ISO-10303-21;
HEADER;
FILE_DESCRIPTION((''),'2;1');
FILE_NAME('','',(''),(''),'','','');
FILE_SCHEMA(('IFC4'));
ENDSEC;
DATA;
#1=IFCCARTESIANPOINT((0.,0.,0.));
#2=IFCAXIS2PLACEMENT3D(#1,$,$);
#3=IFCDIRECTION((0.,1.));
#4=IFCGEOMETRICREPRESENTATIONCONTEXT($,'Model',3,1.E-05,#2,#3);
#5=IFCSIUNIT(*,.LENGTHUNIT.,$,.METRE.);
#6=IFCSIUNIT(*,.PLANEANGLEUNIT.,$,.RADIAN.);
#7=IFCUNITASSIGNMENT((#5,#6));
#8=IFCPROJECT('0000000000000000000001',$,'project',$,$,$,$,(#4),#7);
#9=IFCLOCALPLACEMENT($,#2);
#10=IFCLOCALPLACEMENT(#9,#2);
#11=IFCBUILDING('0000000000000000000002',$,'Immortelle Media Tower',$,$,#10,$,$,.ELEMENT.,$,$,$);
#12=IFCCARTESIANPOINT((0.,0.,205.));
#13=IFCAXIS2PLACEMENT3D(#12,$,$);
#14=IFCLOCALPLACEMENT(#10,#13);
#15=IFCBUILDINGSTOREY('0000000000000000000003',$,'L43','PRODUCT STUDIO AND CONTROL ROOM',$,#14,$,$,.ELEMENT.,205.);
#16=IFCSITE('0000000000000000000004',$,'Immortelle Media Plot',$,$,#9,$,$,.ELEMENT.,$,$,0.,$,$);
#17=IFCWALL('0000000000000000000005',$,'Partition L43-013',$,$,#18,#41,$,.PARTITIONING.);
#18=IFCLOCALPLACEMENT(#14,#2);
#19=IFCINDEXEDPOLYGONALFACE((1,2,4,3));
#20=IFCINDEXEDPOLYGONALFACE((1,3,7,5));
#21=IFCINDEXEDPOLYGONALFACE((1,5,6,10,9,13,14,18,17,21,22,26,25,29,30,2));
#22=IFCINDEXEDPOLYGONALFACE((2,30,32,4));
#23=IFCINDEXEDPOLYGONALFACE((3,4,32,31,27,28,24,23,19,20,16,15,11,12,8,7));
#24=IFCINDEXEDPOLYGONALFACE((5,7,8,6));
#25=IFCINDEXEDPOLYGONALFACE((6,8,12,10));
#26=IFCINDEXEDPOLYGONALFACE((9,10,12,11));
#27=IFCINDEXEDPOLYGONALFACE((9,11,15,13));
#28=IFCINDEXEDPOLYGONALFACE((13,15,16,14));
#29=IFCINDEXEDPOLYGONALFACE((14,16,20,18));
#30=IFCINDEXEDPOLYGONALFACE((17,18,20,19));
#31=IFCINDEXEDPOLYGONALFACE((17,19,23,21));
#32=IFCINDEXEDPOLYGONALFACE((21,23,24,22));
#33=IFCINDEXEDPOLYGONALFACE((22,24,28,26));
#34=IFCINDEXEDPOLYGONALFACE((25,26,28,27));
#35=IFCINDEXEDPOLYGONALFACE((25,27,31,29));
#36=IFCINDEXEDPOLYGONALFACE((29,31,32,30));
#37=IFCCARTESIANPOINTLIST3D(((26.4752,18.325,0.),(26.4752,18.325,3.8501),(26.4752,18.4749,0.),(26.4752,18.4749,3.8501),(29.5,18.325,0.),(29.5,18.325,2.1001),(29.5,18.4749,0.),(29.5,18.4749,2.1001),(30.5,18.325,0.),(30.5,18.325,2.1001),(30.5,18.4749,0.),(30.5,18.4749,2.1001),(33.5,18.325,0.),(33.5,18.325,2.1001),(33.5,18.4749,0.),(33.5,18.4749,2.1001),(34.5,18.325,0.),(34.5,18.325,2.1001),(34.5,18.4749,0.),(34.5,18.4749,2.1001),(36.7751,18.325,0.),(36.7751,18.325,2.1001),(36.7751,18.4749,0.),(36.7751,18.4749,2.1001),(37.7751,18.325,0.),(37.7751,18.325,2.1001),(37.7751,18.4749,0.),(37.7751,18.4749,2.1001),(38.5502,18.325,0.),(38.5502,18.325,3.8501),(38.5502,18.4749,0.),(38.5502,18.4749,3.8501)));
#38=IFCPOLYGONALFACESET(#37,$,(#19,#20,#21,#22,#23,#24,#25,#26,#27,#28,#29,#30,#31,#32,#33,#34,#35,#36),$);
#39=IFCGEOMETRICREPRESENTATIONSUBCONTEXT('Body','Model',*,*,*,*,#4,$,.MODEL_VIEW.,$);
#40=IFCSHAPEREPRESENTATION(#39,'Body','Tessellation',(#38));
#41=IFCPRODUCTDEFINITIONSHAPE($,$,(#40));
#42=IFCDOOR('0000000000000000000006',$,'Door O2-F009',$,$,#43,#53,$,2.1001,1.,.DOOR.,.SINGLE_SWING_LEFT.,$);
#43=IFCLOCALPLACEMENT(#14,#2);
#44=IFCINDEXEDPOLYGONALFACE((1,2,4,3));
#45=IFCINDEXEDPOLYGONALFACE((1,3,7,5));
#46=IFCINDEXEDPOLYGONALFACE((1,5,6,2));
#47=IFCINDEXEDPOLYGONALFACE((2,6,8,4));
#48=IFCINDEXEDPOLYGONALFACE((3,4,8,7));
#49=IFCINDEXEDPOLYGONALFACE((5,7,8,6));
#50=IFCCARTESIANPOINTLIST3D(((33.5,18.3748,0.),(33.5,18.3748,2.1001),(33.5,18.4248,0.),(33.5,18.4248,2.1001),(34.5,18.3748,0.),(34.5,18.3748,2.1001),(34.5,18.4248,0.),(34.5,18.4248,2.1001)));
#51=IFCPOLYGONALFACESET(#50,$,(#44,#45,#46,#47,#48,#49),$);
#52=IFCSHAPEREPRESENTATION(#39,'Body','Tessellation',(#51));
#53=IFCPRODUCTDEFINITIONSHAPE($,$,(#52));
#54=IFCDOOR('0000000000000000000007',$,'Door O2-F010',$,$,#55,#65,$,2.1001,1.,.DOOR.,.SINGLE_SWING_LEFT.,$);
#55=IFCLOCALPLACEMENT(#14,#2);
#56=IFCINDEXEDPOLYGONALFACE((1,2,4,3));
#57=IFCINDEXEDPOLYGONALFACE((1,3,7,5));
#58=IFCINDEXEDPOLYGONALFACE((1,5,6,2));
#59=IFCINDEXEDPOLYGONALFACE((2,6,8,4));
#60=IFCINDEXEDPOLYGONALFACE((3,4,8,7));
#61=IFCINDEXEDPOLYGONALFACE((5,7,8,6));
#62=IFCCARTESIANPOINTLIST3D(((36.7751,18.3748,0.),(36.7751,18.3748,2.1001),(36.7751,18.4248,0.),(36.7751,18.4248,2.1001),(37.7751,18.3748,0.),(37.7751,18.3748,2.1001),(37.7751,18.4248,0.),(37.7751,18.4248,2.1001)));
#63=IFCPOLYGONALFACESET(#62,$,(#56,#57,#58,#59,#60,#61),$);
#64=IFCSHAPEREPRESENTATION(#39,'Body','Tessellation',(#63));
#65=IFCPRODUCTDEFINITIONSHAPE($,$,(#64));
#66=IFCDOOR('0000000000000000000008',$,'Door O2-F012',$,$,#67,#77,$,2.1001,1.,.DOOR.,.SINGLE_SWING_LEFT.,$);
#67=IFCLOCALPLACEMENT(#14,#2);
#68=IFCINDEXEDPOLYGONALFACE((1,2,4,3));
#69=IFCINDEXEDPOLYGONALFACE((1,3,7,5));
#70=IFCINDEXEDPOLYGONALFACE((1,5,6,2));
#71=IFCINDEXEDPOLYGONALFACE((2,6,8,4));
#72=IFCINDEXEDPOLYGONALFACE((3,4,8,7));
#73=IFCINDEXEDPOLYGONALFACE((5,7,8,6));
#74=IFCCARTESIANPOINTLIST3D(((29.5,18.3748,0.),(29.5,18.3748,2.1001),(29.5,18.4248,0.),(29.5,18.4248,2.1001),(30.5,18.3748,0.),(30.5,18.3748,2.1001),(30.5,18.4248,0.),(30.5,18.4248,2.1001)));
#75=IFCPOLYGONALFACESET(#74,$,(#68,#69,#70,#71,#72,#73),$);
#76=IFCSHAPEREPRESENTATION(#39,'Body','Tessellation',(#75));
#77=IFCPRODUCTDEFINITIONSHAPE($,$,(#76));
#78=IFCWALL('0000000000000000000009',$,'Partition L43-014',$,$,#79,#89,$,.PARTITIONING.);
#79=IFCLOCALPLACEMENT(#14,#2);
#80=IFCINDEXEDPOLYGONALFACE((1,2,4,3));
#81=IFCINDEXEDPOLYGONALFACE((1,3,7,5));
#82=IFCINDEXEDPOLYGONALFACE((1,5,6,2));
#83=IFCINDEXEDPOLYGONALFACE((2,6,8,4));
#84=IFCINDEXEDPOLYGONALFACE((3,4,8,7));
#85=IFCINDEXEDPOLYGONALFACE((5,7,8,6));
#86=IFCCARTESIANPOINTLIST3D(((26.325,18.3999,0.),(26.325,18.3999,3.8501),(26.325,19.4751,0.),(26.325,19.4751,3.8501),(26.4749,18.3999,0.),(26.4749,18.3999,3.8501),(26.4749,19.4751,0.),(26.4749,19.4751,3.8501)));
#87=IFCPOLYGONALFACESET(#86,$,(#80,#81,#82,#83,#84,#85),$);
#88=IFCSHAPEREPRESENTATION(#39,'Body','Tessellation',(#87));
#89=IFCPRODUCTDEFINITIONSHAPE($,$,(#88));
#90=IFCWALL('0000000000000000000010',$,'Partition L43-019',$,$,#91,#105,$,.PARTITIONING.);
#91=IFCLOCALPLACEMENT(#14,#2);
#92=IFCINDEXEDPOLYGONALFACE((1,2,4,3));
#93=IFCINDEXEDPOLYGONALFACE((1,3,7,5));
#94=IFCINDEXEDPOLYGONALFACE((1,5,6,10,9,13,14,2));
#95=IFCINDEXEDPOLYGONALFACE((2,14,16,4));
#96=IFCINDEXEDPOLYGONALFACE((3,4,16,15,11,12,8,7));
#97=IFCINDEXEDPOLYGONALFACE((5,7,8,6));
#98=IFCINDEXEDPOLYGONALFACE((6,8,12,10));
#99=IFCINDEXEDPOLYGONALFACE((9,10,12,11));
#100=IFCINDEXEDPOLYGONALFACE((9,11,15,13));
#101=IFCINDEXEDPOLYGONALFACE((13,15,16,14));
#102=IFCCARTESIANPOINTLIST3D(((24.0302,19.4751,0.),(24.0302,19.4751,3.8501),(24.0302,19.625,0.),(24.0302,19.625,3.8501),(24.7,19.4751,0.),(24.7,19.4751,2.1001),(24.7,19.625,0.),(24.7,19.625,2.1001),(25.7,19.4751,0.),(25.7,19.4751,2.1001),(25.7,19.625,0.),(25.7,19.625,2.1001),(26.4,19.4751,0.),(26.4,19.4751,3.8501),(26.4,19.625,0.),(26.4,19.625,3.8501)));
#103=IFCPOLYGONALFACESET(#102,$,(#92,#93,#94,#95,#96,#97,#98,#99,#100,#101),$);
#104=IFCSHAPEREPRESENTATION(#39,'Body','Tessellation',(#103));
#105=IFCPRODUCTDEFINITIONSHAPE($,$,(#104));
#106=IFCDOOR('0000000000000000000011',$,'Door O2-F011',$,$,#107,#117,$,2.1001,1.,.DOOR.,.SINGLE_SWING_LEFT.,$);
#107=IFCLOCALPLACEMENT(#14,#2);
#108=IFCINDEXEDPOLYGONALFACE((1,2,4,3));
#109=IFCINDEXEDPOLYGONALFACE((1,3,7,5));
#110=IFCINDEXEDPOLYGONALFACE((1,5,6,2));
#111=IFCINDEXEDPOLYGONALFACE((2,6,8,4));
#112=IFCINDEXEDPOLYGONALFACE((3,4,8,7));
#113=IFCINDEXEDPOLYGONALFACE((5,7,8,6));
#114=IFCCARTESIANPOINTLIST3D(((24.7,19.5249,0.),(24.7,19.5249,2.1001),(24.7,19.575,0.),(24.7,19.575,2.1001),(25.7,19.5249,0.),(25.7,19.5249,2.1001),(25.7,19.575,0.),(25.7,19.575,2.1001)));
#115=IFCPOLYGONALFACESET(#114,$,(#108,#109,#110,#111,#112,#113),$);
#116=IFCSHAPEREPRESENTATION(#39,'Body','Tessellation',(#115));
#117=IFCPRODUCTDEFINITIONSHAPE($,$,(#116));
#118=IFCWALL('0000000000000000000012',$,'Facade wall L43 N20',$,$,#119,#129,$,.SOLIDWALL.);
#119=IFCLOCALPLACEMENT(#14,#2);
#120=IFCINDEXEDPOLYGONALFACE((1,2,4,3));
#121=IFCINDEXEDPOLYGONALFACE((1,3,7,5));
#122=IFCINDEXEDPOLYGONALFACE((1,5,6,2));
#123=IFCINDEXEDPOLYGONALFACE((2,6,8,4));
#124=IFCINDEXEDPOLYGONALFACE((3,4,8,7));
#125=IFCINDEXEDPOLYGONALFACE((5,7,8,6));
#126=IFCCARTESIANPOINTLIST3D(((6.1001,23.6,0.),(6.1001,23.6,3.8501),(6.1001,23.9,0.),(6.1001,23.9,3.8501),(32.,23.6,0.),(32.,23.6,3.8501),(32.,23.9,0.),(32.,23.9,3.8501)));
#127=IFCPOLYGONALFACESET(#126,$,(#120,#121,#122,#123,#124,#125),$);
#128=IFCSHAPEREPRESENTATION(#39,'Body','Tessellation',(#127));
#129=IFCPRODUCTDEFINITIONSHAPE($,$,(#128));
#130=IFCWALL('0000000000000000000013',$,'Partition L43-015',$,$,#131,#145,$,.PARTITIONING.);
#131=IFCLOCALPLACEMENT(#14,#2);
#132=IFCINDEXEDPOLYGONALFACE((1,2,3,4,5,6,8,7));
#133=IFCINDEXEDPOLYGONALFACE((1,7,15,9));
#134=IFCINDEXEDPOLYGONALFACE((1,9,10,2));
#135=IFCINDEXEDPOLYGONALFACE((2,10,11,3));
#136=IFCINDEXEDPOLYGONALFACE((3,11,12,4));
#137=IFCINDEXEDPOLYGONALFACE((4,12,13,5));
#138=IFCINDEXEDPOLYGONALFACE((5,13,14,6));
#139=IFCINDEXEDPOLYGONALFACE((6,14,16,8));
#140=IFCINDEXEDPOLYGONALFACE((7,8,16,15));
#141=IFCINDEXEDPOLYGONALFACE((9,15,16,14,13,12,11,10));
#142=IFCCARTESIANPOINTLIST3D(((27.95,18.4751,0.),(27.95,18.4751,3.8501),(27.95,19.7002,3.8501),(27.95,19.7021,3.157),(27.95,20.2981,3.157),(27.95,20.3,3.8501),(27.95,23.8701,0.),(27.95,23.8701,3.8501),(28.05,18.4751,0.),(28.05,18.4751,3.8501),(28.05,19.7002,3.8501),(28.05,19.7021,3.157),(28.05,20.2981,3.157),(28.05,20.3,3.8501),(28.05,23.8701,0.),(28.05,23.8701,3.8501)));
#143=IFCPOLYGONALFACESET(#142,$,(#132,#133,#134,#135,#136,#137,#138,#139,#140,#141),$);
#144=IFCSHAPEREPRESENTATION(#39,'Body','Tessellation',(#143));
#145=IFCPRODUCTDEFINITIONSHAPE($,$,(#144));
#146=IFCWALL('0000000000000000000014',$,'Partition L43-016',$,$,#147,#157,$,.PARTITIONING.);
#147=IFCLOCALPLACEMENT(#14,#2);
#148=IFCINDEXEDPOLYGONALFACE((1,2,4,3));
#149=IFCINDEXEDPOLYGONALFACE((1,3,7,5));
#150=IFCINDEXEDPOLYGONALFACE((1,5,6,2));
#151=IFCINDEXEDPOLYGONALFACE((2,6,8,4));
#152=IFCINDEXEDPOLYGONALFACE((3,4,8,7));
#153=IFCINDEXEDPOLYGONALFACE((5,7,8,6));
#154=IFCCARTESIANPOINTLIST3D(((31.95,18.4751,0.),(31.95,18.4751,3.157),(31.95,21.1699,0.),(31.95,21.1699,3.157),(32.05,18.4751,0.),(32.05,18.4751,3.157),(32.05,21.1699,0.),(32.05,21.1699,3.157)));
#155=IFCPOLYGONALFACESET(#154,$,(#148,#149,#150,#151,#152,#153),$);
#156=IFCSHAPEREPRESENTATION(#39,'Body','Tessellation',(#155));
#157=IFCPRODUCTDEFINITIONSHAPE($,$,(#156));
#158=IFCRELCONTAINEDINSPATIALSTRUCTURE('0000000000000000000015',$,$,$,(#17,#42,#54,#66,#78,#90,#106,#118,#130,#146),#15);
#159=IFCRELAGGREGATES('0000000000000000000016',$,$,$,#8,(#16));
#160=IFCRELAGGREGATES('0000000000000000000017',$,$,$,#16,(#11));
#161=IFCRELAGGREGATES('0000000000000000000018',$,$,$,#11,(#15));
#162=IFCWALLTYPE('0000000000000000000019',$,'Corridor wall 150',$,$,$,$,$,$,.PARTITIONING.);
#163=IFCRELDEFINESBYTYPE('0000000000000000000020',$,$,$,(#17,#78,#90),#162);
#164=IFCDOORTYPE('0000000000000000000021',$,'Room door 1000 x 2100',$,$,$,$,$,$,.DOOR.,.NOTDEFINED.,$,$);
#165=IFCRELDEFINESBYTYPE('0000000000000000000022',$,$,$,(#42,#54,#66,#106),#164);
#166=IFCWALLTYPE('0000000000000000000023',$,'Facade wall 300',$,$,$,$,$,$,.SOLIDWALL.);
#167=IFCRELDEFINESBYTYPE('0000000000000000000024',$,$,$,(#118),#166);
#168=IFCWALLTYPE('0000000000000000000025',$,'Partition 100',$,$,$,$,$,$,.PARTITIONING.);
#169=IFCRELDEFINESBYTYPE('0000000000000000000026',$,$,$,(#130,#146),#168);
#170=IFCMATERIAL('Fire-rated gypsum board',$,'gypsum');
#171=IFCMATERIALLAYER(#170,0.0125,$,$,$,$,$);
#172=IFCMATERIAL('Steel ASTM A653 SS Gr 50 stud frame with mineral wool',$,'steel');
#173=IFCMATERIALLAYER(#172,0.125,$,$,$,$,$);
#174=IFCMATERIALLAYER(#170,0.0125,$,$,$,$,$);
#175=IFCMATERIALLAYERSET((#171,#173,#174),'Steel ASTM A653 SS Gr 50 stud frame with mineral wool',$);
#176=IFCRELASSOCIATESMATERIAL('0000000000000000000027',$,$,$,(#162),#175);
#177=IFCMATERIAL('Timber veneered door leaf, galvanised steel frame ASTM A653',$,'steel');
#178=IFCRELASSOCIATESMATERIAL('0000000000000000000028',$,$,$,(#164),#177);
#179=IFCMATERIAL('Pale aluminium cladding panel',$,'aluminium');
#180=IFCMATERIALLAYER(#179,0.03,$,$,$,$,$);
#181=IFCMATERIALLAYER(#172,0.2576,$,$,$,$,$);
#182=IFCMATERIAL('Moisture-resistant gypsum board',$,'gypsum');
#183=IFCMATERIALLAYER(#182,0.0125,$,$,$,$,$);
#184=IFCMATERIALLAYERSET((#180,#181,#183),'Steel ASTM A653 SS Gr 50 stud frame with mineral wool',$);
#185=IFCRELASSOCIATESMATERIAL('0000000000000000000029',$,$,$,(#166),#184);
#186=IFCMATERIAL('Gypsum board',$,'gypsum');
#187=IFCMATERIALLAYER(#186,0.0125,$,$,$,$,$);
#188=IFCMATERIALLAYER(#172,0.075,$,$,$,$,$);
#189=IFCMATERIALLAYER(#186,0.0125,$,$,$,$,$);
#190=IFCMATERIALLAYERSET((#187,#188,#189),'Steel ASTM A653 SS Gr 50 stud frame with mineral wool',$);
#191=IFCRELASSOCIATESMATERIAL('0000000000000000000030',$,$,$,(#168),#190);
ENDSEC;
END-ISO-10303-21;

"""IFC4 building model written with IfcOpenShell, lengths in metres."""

from ifc_helpers import new_model, si_unit, direction, frame, frame_2d, origin, place, context, subcontext, project, spatial, polyline, rectangle, outline, extrude, material, layer, layer_set, type_object, element, fill, save


model = new_model("IFC4")

# Units and contexts
model_context = context("Model", 3, precision=1e-05, world=origin(), true_north=direction((0.0, 1.0)))
body_context = subcontext(model_context, "Body", "Model", "MODEL_VIEW")
ifc_project = project(units=[si_unit("LENGTHUNIT", "METRE"), si_unit("PLANEANGLEUNIT", "RADIAN")], contexts=[model_context])

# Site, building, storey
site_placement = place(None, origin())
site = spatial("IfcSite", under=ifc_project, at=site_placement, Name="Immortelle Media Plot", CompositionType="ELEMENT", RefElevation=0.0)
building_placement = place(site_placement, origin())
building = spatial("IfcBuilding", under=site, at=building_placement, Name="Immortelle Media Tower", CompositionType="ELEMENT")
storey_placement = place(building_placement, frame((0.0, 0.0, 205.0)))
storey = spatial("IfcBuildingStorey", under=building, at=storey_placement, Name="L43", Description="PRODUCT STUDIO AND CONTROL ROOM", CompositionType="ELEMENT", Elevation=205.0)

# Shared definitions
ifc_material_1 = material(Name="Fire-rated gypsum board", Category="gypsum")
ifc_material_2 = material(Name="Steel ASTM A653 SS Gr 50 stud frame with mineral wool", Category="steel")

# Wall, openings, doors
ifc_layer_1 = layer(ifc_material_1, 0.0125)
ifc_layer_2 = layer(ifc_material_2, 0.125)
ifc_layer_3 = layer(ifc_material_1, 0.0125)
ifc_layer_set_1 = layer_set([ifc_layer_1, ifc_layer_2, ifc_layer_3], Name="Steel ASTM A653 SS Gr 50 stud frame with mineral wool")
wall_type_1 = type_object("IfcWallType", Name="Corridor wall 150", PredefinedType="PARTITIONING", material=ifc_layer_set_1)
wall_1_placement = place(storey_placement, frame((26.4751, 18.3999, 0.0), z_axis=(0.0, 0.0, 1.0), x_axis=(1.0, 0.0, 0.0)))
wall_1 = element("IfcWall", 1, at=wall_1_placement, inside=storey, type_object=wall_type_1, Name="Partition L43-013", PredefinedType="PARTITIONING", context=body_context, shape_type="SweptSolid", body=[
    extrude(rectangle(XDim=12.075, YDim=0.1499, at=frame_2d((6.0376, 0.0))), origin(), (0.0, 0.0, 1.0), 3.8501),
])
opening_1_placement = place(wall_1_placement, frame((7.0249, 0.0, 0.0)))
opening_1 = element("IfcOpeningElement", 2, at=opening_1_placement, cuts=wall_1, PredefinedType="OPENING", context=body_context, shape_type="SweptSolid", body=[
    extrude(rectangle(XDim=1.0, YDim=2.1001, at=frame_2d((0.5, 1.05))), frame((0.0, 0.085, 0.0), z_axis=(0.0, -1.0, 0.0), x_axis=(1.0, 0.0, 0.0)), (0.0, 0.0, 1.0), 0.1699),
])
opening_2_placement = place(wall_1_placement, frame((10.3, 0.0, 0.0)))
opening_2 = element("IfcOpeningElement", 3, at=opening_2_placement, cuts=wall_1, PredefinedType="OPENING", context=body_context, shape_type="SweptSolid", body=[
    extrude(rectangle(XDim=1.0, YDim=2.1001, at=frame_2d((0.5, 1.05))), frame((0.0, 0.085, 0.0), z_axis=(0.0, -1.0, 0.0), x_axis=(1.0, 0.0, 0.0)), (0.0, 0.0, 1.0), 0.1699),
])
opening_3_placement = place(wall_1_placement, frame((3.0249, 0.0, 0.0)))
opening_3 = element("IfcOpeningElement", 4, at=opening_3_placement, cuts=wall_1, PredefinedType="OPENING", context=body_context, shape_type="SweptSolid", body=[
    extrude(rectangle(XDim=1.0, YDim=2.1001, at=frame_2d((0.5, 1.05))), frame((0.0, 0.085, 0.0), z_axis=(0.0, -1.0, 0.0), x_axis=(1.0, 0.0, 0.0)), (0.0, 0.0, 1.0), 0.1699),
])
ifc_material_3 = material(Name="Timber veneered door leaf, galvanised steel frame ASTM A653", Category="steel")
door_type = type_object("IfcDoorType", Name="Room door 1000 x 2100", OperationType="NOTDEFINED", PredefinedType="DOOR", material=ifc_material_3)
door_1_placement = place(opening_1_placement, origin())
door_1 = element("IfcDoor", 5, at=door_1_placement, inside=storey, type_object=door_type, Name="Door O2-F009", OperationType="SINGLE_SWING_LEFT", OverallHeight=2.1001, OverallWidth=1.0, PredefinedType="DOOR", context=body_context, shape_type="SweptSolid", body=[
    extrude(rectangle(XDim=1.0, YDim=2.1001, at=frame_2d((0.5, 1.05))), frame((0.0, 0.0249, 0.0), z_axis=(0.0, -1.0, 0.0), x_axis=(1.0, 0.0, 0.0)), (0.0, 0.0, 1.0), 0.05),
])
fill(opening_1, door_1)
door_2_placement = place(opening_2_placement, origin())
door_2 = element("IfcDoor", 6, at=door_2_placement, inside=storey, type_object=door_type, Name="Door O2-F010", OperationType="SINGLE_SWING_LEFT", OverallHeight=2.1001, OverallWidth=1.0, PredefinedType="DOOR", context=body_context, shape_type="SweptSolid", body=[
    extrude(rectangle(XDim=1.0, YDim=2.1001, at=frame_2d((0.5, 1.05))), frame((0.0, 0.0249, 0.0), z_axis=(0.0, -1.0, 0.0), x_axis=(1.0, 0.0, 0.0)), (0.0, 0.0, 1.0), 0.05),
])
fill(opening_2, door_2)
door_3_placement = place(opening_3_placement, origin())
door_3 = element("IfcDoor", 7, at=door_3_placement, inside=storey, type_object=door_type, Name="Door O2-F012", OperationType="SINGLE_SWING_LEFT", OverallHeight=2.1001, OverallWidth=1.0, PredefinedType="DOOR", context=body_context, shape_type="SweptSolid", body=[
    extrude(rectangle(XDim=1.0, YDim=2.1001, at=frame_2d((0.5, 1.05))), frame((0.0, 0.0249, 0.0), z_axis=(0.0, -1.0, 0.0), x_axis=(1.0, 0.0, 0.0)), (0.0, 0.0, 1.0), 0.05),
])
fill(opening_3, door_3)

# Wall
wall_2_placement = place(storey_placement, frame((26.3999, 18.3999, 0.0), z_axis=(0.0, 0.0, 1.0), x_axis=(0.0, 1.0, 0.0)))
element("IfcWall", 8, at=wall_2_placement, inside=storey, type_object=wall_type_1, Name="Partition L43-014", PredefinedType="PARTITIONING", context=body_context, shape_type="SweptSolid", body=[
    extrude(rectangle(XDim=1.0752, YDim=0.1499, at=frame_2d((0.5376, 0.0))), origin(), (0.0, 0.0, 1.0), 3.8501),
])

# Wall, opening, door
wall_3_placement = place(storey_placement, frame((24.03, 19.55, 0.0), z_axis=(0.0, 0.0, 1.0), x_axis=(1.0, 0.0, 0.0)))
wall_3 = element("IfcWall", 9, at=wall_3_placement, inside=storey, type_object=wall_type_1, Name="Partition L43-019", PredefinedType="PARTITIONING", context=body_context, shape_type="SweptSolid", body=[
    extrude(rectangle(XDim=2.3699, YDim=0.1499, at=frame_2d((1.1851, 0.0))), origin(), (0.0, 0.0, 1.0), 3.8501),
])
opening_4_placement = place(wall_3_placement, frame((0.6699, 0.0, 0.0)))
opening_4 = element("IfcOpeningElement", 10, at=opening_4_placement, cuts=wall_3, PredefinedType="OPENING", context=body_context, shape_type="SweptSolid", body=[
    extrude(rectangle(XDim=1.0, YDim=2.1001, at=frame_2d((0.5, 1.05))), frame((0.0, 0.085, 0.0), z_axis=(0.0, -1.0, 0.0), x_axis=(1.0, 0.0, 0.0)), (0.0, 0.0, 1.0), 0.1699),
])
door_4_placement = place(opening_4_placement, origin())
door_4 = element("IfcDoor", 11, at=door_4_placement, inside=storey, type_object=door_type, Name="Door O2-F011", OperationType="SINGLE_SWING_LEFT", OverallHeight=2.1001, OverallWidth=1.0, PredefinedType="DOOR", context=body_context, shape_type="SweptSolid", body=[
    extrude(rectangle(XDim=1.0, YDim=2.1001, at=frame_2d((0.5, 1.05))), frame((0.0, 0.0249, 0.0), z_axis=(0.0, -1.0, 0.0), x_axis=(1.0, 0.0, 0.0)), (0.0, 0.0, 1.0), 0.05),
])
fill(opening_4, door_4)

# Walls
ifc_material_4 = material(Name="Pale aluminium cladding panel", Category="aluminium")
ifc_layer_4 = layer(ifc_material_4, 0.03)
ifc_layer_5 = layer(ifc_material_2, 0.2576)
ifc_material_5 = material(Name="Moisture-resistant gypsum board", Category="gypsum")
ifc_layer_6 = layer(ifc_material_5, 0.0125)
ifc_layer_set_2 = layer_set([ifc_layer_4, ifc_layer_5, ifc_layer_6], Name="Steel ASTM A653 SS Gr 50 stud frame with mineral wool")
wall_type_2 = type_object("IfcWallType", Name="Facade wall 300", PredefinedType="SOLIDWALL", material=ifc_layer_set_2)
wall_4_placement = place(storey_placement, frame((32.0, 23.75, 0.0), z_axis=(0.0, 0.0, 1.0), x_axis=(-1.0, 0.0, 0.0)))
element("IfcWall", 12, at=wall_4_placement, inside=storey, type_object=wall_type_2, Name="Facade wall L43 N20", PredefinedType="SOLIDWALL", context=body_context, shape_type="SweptSolid", body=[
    extrude(rectangle(XDim=25.8999, YDim=0.3, at=frame_2d((12.95, 0.0))), origin(), (0.0, 0.0, 1.0), 3.8501),
])
ifc_material_6 = material(Name="Gypsum board", Category="gypsum")
ifc_layer_7 = layer(ifc_material_6, 0.0125)
ifc_layer_8 = layer(ifc_material_2, 0.075)
ifc_layer_9 = layer(ifc_material_6, 0.0125)
ifc_layer_set_3 = layer_set([ifc_layer_7, ifc_layer_8, ifc_layer_9], Name="Steel ASTM A653 SS Gr 50 stud frame with mineral wool")
wall_type_3 = type_object("IfcWallType", Name="Partition 100", PredefinedType="PARTITIONING", material=ifc_layer_set_3)
wall_5_placement = place(storey_placement, frame((28.0, 18.4751, 0.0), z_axis=(0.0, 0.0, 1.0), x_axis=(0.0, 1.0, 0.0)))
element("IfcWall", 13, at=wall_5_placement, inside=storey, type_object=wall_type_3, Name="Partition L43-015", PredefinedType="PARTITIONING", context=body_context, shape_type="SweptSolid", body=[
    extrude(outline(polyline([(0.0, 0.0), (5.395, 0.0), (5.395, 3.8501), (1.825, 3.8501), (1.823, 3.157), (1.2271, 3.157), (1.2251, 3.8501), (0.0, 3.8501), (0.0, 0.0)])), frame((0.0, 0.05, 0.0), z_axis=(0.0, -1.0, 0.0), x_axis=(1.0, 0.0, 0.0)), (0.0, 0.0, 1.0), 0.1001),
])
wall_6_placement = place(storey_placement, frame((32.0, 18.4751, 0.0), z_axis=(0.0, 0.0, 1.0), x_axis=(0.0, 1.0, 0.0)))
element("IfcWall", 14, at=wall_6_placement, inside=storey, type_object=wall_type_3, Name="Partition L43-016", PredefinedType="PARTITIONING", context=body_context, shape_type="SweptSolid", body=[
    extrude(rectangle(XDim=2.6948, YDim=0.1001, at=frame_2d((1.3474, 0.0))), origin(), (0.0, 0.0, 1.0), 3.157),
])

save(model, "model.ifc")
